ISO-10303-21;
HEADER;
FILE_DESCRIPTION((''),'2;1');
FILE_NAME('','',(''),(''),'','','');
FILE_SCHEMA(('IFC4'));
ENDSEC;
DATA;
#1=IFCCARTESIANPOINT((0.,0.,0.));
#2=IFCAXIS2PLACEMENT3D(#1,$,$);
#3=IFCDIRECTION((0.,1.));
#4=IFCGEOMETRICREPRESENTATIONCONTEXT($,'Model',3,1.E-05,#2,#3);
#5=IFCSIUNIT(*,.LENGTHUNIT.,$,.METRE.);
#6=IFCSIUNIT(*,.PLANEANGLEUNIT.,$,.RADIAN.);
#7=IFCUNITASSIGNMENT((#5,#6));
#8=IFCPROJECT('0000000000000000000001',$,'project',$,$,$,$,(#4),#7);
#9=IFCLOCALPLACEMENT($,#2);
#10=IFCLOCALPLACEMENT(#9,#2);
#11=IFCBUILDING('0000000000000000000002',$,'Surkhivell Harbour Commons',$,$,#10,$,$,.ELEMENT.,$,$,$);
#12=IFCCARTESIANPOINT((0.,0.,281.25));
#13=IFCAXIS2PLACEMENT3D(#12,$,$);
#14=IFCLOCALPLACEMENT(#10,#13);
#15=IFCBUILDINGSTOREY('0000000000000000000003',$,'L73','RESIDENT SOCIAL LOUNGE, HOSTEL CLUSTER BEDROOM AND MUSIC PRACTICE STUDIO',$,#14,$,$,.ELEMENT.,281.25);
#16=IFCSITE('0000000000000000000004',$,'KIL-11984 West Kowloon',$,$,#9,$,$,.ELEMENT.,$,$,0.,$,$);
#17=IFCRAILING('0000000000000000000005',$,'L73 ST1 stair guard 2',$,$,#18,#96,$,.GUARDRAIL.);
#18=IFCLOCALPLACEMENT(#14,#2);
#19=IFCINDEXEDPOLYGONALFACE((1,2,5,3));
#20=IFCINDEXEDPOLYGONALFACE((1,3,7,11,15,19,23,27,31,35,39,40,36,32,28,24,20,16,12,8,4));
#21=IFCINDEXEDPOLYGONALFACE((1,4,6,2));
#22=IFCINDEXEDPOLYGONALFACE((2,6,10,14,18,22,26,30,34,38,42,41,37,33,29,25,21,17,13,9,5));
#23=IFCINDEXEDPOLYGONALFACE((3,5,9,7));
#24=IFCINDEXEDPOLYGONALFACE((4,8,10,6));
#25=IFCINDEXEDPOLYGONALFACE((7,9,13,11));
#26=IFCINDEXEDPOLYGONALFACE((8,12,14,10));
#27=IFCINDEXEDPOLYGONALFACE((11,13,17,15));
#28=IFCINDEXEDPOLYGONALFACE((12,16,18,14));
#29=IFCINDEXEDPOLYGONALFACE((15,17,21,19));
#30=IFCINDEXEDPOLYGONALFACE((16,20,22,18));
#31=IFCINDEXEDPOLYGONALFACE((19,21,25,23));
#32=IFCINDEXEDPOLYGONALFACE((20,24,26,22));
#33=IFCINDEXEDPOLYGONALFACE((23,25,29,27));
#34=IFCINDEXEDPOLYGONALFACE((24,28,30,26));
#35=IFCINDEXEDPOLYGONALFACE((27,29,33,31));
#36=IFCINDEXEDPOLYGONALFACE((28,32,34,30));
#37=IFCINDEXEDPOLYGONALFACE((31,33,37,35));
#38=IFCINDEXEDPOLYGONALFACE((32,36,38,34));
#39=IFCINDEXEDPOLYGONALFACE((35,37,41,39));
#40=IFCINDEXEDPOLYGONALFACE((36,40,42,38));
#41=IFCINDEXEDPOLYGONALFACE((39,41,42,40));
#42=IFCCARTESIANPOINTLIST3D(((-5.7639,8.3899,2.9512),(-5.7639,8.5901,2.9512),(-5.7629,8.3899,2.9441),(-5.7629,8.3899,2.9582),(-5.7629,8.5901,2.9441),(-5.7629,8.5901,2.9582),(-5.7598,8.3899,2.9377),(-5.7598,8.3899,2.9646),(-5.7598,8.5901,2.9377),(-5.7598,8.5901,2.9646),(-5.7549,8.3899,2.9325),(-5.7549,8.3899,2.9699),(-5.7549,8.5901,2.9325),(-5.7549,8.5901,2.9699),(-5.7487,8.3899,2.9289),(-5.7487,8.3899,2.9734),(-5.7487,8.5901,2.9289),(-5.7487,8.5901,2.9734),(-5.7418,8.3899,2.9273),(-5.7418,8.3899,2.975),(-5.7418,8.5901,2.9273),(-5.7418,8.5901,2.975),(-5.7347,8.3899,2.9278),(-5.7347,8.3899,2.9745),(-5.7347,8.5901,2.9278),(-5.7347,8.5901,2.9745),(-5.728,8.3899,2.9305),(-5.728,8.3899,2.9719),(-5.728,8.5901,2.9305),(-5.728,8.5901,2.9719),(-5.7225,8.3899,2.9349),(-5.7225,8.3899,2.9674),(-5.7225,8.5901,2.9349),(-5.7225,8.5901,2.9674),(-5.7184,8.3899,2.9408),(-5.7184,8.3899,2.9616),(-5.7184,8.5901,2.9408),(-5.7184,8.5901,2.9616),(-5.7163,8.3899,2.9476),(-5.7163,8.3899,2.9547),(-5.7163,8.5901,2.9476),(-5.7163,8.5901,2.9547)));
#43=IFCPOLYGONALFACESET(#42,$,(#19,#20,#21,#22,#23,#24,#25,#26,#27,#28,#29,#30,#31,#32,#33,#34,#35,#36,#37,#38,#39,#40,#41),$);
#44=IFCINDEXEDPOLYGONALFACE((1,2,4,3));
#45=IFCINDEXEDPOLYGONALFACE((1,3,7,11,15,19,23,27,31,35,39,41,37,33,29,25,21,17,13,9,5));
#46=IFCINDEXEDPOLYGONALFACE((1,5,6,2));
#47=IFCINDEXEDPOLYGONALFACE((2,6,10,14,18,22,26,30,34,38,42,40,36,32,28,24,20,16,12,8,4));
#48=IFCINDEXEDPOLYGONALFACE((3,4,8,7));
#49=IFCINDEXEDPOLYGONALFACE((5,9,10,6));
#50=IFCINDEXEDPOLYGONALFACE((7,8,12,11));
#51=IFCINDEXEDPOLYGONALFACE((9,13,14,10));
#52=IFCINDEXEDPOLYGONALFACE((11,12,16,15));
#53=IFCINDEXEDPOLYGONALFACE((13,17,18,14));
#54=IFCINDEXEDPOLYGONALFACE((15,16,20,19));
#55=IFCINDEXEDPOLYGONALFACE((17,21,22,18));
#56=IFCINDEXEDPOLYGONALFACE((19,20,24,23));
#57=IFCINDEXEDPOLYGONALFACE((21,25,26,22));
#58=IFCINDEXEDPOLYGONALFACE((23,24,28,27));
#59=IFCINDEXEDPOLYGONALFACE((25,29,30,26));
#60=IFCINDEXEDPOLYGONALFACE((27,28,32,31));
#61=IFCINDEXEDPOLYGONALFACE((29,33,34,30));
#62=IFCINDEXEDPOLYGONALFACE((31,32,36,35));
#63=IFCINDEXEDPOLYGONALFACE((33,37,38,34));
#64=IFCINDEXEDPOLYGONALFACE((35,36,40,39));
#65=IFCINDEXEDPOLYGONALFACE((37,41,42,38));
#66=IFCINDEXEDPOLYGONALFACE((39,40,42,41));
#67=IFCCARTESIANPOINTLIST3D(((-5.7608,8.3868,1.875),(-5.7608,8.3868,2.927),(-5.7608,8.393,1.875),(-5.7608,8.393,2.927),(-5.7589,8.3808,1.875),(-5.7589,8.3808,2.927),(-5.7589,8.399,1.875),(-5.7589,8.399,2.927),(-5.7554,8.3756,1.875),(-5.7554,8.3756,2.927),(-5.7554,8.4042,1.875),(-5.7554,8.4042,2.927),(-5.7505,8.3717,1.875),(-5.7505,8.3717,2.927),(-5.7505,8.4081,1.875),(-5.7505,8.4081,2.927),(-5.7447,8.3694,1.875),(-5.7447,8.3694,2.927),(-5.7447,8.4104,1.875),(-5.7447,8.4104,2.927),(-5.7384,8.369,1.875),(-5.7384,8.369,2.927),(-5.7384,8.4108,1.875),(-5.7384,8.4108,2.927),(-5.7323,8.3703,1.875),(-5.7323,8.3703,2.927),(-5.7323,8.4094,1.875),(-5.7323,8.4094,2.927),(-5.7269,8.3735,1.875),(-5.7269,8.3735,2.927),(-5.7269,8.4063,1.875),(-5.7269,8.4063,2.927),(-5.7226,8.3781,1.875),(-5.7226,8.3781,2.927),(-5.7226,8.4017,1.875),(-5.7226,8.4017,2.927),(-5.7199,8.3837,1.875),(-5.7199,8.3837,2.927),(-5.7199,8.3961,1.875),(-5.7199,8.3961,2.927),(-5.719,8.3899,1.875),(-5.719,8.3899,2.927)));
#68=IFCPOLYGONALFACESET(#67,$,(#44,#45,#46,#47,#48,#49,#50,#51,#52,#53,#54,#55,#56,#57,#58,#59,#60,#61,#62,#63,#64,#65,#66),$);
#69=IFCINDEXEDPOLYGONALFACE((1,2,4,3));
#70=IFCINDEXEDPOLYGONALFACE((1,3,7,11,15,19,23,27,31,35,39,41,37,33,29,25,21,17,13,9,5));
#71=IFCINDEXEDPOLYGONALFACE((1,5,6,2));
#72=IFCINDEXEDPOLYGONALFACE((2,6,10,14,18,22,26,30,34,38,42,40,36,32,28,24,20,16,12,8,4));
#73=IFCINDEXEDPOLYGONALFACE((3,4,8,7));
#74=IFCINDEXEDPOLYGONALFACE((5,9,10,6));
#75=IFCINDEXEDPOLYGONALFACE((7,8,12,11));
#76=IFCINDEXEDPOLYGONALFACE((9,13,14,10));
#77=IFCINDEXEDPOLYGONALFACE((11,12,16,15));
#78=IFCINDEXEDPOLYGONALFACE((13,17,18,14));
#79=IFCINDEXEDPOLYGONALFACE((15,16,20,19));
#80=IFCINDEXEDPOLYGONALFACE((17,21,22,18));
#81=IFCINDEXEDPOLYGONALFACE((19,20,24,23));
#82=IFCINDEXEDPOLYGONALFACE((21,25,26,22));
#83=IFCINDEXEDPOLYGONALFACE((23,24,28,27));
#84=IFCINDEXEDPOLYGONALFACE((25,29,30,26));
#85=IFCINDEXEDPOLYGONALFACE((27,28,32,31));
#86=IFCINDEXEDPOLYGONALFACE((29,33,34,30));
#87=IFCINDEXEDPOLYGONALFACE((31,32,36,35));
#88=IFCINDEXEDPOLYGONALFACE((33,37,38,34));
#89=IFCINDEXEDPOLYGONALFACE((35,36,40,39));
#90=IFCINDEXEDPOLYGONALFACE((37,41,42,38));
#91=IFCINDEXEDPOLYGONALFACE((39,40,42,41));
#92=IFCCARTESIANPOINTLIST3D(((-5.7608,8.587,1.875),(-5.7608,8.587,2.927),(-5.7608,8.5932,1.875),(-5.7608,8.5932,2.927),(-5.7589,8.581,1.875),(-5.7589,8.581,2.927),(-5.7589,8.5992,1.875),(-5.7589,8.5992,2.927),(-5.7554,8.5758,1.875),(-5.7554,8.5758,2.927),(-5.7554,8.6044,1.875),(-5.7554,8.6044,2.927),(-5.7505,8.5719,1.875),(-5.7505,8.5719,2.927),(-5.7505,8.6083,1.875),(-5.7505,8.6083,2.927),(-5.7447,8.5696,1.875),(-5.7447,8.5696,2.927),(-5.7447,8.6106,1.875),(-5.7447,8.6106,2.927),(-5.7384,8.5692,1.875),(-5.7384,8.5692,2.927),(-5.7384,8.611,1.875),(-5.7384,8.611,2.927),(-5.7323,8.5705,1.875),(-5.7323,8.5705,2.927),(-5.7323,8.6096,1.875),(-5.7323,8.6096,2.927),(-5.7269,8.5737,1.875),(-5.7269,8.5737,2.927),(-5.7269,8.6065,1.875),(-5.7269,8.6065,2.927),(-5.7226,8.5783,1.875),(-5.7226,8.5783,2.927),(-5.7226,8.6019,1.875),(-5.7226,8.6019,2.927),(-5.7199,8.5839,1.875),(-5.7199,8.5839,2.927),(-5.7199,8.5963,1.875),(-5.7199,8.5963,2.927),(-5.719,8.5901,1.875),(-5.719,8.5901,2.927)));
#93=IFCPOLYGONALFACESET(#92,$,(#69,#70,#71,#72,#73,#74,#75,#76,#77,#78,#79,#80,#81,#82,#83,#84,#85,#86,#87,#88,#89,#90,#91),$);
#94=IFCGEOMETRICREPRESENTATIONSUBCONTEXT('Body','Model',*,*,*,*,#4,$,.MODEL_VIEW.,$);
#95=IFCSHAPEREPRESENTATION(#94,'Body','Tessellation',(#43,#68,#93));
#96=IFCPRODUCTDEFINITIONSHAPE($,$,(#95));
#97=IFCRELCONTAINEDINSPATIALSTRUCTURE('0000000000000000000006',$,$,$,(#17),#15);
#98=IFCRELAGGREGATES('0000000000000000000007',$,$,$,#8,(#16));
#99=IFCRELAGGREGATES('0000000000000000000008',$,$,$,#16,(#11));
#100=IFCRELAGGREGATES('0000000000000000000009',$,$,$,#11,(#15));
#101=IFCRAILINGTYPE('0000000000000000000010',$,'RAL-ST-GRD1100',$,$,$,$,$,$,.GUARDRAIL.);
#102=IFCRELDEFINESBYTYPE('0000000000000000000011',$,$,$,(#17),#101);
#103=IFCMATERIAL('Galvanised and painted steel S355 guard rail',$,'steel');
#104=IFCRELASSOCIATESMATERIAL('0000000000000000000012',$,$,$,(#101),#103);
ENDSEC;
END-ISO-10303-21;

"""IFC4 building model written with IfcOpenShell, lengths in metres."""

from ifc_helpers import new_model, si_unit, direction, frame, origin, origin_2d, place, context, subcontext, project, spatial, circle, extrude, material, type_object, element, save


model = new_model("IFC4")

# Units and contexts
model_context = context("Model", 3, precision=1e-05, world=origin(), true_north=direction((0.0, 1.0)))
body_context = subcontext(model_context, "Body", "Model", "MODEL_VIEW")
ifc_project = project(units=[si_unit("LENGTHUNIT", "METRE"), si_unit("PLANEANGLEUNIT", "RADIAN")], contexts=[model_context])

# Site, building, storey
site_placement = place(None, origin())
site = spatial("IfcSite", under=ifc_project, at=site_placement, Name="KIL-11984 West Kowloon", CompositionType="ELEMENT", RefElevation=0.0)
building_placement = place(site_placement, origin())
building = spatial("IfcBuilding", under=site, at=building_placement, Name="Surkhivell Harbour Commons", CompositionType="ELEMENT")
storey_placement = place(building_placement, frame((0.0, 0.0, 281.25)))
storey = spatial("IfcBuildingStorey", under=building, at=storey_placement, Name="L73", Description="RESIDENT SOCIAL LOUNGE, HOSTEL CLUSTER BEDROOM AND MUSIC PRACTICE STUDIO", CompositionType="ELEMENT", Elevation=281.25)

# Railing
ifc_material_1 = material(Name="Galvanised and painted steel S355 guard rail", Category="steel")
railing_type_1 = type_object("IfcRailingType", Name="RAL-ST-GRD1100", PredefinedType="GUARDRAIL", material=ifc_material_1)
railing_1_placement = place(storey_placement, frame((-5.74, 8.3899, 1.875)))
element("IfcRailing", 1, at=railing_1_placement, inside=storey, type_object=railing_type_1, Name="L73 ST1 stair guard 2", PredefinedType="GUARDRAIL", context=body_context, shape_type="SweptSolid", body=[
    extrude(circle(Radius=0.0239, at=origin_2d()), frame((0.0, 0.0, 1.0762), z_axis=(0.0, 1.0, 0.0), x_axis=(-1.0, 0.0, 0.0)), (0.0, 0.0, 1.0), 0.2002),
    extrude(circle(Radius=0.021, at=origin_2d()), origin(), (0.0, 0.0, 1.0), 1.052),
    extrude(circle(Radius=0.021, at=origin_2d()), frame((0.0, 0.2002, 0.0)), (0.0, 0.0, 1.0), 1.052),
])

save(model, "model.ifc")
